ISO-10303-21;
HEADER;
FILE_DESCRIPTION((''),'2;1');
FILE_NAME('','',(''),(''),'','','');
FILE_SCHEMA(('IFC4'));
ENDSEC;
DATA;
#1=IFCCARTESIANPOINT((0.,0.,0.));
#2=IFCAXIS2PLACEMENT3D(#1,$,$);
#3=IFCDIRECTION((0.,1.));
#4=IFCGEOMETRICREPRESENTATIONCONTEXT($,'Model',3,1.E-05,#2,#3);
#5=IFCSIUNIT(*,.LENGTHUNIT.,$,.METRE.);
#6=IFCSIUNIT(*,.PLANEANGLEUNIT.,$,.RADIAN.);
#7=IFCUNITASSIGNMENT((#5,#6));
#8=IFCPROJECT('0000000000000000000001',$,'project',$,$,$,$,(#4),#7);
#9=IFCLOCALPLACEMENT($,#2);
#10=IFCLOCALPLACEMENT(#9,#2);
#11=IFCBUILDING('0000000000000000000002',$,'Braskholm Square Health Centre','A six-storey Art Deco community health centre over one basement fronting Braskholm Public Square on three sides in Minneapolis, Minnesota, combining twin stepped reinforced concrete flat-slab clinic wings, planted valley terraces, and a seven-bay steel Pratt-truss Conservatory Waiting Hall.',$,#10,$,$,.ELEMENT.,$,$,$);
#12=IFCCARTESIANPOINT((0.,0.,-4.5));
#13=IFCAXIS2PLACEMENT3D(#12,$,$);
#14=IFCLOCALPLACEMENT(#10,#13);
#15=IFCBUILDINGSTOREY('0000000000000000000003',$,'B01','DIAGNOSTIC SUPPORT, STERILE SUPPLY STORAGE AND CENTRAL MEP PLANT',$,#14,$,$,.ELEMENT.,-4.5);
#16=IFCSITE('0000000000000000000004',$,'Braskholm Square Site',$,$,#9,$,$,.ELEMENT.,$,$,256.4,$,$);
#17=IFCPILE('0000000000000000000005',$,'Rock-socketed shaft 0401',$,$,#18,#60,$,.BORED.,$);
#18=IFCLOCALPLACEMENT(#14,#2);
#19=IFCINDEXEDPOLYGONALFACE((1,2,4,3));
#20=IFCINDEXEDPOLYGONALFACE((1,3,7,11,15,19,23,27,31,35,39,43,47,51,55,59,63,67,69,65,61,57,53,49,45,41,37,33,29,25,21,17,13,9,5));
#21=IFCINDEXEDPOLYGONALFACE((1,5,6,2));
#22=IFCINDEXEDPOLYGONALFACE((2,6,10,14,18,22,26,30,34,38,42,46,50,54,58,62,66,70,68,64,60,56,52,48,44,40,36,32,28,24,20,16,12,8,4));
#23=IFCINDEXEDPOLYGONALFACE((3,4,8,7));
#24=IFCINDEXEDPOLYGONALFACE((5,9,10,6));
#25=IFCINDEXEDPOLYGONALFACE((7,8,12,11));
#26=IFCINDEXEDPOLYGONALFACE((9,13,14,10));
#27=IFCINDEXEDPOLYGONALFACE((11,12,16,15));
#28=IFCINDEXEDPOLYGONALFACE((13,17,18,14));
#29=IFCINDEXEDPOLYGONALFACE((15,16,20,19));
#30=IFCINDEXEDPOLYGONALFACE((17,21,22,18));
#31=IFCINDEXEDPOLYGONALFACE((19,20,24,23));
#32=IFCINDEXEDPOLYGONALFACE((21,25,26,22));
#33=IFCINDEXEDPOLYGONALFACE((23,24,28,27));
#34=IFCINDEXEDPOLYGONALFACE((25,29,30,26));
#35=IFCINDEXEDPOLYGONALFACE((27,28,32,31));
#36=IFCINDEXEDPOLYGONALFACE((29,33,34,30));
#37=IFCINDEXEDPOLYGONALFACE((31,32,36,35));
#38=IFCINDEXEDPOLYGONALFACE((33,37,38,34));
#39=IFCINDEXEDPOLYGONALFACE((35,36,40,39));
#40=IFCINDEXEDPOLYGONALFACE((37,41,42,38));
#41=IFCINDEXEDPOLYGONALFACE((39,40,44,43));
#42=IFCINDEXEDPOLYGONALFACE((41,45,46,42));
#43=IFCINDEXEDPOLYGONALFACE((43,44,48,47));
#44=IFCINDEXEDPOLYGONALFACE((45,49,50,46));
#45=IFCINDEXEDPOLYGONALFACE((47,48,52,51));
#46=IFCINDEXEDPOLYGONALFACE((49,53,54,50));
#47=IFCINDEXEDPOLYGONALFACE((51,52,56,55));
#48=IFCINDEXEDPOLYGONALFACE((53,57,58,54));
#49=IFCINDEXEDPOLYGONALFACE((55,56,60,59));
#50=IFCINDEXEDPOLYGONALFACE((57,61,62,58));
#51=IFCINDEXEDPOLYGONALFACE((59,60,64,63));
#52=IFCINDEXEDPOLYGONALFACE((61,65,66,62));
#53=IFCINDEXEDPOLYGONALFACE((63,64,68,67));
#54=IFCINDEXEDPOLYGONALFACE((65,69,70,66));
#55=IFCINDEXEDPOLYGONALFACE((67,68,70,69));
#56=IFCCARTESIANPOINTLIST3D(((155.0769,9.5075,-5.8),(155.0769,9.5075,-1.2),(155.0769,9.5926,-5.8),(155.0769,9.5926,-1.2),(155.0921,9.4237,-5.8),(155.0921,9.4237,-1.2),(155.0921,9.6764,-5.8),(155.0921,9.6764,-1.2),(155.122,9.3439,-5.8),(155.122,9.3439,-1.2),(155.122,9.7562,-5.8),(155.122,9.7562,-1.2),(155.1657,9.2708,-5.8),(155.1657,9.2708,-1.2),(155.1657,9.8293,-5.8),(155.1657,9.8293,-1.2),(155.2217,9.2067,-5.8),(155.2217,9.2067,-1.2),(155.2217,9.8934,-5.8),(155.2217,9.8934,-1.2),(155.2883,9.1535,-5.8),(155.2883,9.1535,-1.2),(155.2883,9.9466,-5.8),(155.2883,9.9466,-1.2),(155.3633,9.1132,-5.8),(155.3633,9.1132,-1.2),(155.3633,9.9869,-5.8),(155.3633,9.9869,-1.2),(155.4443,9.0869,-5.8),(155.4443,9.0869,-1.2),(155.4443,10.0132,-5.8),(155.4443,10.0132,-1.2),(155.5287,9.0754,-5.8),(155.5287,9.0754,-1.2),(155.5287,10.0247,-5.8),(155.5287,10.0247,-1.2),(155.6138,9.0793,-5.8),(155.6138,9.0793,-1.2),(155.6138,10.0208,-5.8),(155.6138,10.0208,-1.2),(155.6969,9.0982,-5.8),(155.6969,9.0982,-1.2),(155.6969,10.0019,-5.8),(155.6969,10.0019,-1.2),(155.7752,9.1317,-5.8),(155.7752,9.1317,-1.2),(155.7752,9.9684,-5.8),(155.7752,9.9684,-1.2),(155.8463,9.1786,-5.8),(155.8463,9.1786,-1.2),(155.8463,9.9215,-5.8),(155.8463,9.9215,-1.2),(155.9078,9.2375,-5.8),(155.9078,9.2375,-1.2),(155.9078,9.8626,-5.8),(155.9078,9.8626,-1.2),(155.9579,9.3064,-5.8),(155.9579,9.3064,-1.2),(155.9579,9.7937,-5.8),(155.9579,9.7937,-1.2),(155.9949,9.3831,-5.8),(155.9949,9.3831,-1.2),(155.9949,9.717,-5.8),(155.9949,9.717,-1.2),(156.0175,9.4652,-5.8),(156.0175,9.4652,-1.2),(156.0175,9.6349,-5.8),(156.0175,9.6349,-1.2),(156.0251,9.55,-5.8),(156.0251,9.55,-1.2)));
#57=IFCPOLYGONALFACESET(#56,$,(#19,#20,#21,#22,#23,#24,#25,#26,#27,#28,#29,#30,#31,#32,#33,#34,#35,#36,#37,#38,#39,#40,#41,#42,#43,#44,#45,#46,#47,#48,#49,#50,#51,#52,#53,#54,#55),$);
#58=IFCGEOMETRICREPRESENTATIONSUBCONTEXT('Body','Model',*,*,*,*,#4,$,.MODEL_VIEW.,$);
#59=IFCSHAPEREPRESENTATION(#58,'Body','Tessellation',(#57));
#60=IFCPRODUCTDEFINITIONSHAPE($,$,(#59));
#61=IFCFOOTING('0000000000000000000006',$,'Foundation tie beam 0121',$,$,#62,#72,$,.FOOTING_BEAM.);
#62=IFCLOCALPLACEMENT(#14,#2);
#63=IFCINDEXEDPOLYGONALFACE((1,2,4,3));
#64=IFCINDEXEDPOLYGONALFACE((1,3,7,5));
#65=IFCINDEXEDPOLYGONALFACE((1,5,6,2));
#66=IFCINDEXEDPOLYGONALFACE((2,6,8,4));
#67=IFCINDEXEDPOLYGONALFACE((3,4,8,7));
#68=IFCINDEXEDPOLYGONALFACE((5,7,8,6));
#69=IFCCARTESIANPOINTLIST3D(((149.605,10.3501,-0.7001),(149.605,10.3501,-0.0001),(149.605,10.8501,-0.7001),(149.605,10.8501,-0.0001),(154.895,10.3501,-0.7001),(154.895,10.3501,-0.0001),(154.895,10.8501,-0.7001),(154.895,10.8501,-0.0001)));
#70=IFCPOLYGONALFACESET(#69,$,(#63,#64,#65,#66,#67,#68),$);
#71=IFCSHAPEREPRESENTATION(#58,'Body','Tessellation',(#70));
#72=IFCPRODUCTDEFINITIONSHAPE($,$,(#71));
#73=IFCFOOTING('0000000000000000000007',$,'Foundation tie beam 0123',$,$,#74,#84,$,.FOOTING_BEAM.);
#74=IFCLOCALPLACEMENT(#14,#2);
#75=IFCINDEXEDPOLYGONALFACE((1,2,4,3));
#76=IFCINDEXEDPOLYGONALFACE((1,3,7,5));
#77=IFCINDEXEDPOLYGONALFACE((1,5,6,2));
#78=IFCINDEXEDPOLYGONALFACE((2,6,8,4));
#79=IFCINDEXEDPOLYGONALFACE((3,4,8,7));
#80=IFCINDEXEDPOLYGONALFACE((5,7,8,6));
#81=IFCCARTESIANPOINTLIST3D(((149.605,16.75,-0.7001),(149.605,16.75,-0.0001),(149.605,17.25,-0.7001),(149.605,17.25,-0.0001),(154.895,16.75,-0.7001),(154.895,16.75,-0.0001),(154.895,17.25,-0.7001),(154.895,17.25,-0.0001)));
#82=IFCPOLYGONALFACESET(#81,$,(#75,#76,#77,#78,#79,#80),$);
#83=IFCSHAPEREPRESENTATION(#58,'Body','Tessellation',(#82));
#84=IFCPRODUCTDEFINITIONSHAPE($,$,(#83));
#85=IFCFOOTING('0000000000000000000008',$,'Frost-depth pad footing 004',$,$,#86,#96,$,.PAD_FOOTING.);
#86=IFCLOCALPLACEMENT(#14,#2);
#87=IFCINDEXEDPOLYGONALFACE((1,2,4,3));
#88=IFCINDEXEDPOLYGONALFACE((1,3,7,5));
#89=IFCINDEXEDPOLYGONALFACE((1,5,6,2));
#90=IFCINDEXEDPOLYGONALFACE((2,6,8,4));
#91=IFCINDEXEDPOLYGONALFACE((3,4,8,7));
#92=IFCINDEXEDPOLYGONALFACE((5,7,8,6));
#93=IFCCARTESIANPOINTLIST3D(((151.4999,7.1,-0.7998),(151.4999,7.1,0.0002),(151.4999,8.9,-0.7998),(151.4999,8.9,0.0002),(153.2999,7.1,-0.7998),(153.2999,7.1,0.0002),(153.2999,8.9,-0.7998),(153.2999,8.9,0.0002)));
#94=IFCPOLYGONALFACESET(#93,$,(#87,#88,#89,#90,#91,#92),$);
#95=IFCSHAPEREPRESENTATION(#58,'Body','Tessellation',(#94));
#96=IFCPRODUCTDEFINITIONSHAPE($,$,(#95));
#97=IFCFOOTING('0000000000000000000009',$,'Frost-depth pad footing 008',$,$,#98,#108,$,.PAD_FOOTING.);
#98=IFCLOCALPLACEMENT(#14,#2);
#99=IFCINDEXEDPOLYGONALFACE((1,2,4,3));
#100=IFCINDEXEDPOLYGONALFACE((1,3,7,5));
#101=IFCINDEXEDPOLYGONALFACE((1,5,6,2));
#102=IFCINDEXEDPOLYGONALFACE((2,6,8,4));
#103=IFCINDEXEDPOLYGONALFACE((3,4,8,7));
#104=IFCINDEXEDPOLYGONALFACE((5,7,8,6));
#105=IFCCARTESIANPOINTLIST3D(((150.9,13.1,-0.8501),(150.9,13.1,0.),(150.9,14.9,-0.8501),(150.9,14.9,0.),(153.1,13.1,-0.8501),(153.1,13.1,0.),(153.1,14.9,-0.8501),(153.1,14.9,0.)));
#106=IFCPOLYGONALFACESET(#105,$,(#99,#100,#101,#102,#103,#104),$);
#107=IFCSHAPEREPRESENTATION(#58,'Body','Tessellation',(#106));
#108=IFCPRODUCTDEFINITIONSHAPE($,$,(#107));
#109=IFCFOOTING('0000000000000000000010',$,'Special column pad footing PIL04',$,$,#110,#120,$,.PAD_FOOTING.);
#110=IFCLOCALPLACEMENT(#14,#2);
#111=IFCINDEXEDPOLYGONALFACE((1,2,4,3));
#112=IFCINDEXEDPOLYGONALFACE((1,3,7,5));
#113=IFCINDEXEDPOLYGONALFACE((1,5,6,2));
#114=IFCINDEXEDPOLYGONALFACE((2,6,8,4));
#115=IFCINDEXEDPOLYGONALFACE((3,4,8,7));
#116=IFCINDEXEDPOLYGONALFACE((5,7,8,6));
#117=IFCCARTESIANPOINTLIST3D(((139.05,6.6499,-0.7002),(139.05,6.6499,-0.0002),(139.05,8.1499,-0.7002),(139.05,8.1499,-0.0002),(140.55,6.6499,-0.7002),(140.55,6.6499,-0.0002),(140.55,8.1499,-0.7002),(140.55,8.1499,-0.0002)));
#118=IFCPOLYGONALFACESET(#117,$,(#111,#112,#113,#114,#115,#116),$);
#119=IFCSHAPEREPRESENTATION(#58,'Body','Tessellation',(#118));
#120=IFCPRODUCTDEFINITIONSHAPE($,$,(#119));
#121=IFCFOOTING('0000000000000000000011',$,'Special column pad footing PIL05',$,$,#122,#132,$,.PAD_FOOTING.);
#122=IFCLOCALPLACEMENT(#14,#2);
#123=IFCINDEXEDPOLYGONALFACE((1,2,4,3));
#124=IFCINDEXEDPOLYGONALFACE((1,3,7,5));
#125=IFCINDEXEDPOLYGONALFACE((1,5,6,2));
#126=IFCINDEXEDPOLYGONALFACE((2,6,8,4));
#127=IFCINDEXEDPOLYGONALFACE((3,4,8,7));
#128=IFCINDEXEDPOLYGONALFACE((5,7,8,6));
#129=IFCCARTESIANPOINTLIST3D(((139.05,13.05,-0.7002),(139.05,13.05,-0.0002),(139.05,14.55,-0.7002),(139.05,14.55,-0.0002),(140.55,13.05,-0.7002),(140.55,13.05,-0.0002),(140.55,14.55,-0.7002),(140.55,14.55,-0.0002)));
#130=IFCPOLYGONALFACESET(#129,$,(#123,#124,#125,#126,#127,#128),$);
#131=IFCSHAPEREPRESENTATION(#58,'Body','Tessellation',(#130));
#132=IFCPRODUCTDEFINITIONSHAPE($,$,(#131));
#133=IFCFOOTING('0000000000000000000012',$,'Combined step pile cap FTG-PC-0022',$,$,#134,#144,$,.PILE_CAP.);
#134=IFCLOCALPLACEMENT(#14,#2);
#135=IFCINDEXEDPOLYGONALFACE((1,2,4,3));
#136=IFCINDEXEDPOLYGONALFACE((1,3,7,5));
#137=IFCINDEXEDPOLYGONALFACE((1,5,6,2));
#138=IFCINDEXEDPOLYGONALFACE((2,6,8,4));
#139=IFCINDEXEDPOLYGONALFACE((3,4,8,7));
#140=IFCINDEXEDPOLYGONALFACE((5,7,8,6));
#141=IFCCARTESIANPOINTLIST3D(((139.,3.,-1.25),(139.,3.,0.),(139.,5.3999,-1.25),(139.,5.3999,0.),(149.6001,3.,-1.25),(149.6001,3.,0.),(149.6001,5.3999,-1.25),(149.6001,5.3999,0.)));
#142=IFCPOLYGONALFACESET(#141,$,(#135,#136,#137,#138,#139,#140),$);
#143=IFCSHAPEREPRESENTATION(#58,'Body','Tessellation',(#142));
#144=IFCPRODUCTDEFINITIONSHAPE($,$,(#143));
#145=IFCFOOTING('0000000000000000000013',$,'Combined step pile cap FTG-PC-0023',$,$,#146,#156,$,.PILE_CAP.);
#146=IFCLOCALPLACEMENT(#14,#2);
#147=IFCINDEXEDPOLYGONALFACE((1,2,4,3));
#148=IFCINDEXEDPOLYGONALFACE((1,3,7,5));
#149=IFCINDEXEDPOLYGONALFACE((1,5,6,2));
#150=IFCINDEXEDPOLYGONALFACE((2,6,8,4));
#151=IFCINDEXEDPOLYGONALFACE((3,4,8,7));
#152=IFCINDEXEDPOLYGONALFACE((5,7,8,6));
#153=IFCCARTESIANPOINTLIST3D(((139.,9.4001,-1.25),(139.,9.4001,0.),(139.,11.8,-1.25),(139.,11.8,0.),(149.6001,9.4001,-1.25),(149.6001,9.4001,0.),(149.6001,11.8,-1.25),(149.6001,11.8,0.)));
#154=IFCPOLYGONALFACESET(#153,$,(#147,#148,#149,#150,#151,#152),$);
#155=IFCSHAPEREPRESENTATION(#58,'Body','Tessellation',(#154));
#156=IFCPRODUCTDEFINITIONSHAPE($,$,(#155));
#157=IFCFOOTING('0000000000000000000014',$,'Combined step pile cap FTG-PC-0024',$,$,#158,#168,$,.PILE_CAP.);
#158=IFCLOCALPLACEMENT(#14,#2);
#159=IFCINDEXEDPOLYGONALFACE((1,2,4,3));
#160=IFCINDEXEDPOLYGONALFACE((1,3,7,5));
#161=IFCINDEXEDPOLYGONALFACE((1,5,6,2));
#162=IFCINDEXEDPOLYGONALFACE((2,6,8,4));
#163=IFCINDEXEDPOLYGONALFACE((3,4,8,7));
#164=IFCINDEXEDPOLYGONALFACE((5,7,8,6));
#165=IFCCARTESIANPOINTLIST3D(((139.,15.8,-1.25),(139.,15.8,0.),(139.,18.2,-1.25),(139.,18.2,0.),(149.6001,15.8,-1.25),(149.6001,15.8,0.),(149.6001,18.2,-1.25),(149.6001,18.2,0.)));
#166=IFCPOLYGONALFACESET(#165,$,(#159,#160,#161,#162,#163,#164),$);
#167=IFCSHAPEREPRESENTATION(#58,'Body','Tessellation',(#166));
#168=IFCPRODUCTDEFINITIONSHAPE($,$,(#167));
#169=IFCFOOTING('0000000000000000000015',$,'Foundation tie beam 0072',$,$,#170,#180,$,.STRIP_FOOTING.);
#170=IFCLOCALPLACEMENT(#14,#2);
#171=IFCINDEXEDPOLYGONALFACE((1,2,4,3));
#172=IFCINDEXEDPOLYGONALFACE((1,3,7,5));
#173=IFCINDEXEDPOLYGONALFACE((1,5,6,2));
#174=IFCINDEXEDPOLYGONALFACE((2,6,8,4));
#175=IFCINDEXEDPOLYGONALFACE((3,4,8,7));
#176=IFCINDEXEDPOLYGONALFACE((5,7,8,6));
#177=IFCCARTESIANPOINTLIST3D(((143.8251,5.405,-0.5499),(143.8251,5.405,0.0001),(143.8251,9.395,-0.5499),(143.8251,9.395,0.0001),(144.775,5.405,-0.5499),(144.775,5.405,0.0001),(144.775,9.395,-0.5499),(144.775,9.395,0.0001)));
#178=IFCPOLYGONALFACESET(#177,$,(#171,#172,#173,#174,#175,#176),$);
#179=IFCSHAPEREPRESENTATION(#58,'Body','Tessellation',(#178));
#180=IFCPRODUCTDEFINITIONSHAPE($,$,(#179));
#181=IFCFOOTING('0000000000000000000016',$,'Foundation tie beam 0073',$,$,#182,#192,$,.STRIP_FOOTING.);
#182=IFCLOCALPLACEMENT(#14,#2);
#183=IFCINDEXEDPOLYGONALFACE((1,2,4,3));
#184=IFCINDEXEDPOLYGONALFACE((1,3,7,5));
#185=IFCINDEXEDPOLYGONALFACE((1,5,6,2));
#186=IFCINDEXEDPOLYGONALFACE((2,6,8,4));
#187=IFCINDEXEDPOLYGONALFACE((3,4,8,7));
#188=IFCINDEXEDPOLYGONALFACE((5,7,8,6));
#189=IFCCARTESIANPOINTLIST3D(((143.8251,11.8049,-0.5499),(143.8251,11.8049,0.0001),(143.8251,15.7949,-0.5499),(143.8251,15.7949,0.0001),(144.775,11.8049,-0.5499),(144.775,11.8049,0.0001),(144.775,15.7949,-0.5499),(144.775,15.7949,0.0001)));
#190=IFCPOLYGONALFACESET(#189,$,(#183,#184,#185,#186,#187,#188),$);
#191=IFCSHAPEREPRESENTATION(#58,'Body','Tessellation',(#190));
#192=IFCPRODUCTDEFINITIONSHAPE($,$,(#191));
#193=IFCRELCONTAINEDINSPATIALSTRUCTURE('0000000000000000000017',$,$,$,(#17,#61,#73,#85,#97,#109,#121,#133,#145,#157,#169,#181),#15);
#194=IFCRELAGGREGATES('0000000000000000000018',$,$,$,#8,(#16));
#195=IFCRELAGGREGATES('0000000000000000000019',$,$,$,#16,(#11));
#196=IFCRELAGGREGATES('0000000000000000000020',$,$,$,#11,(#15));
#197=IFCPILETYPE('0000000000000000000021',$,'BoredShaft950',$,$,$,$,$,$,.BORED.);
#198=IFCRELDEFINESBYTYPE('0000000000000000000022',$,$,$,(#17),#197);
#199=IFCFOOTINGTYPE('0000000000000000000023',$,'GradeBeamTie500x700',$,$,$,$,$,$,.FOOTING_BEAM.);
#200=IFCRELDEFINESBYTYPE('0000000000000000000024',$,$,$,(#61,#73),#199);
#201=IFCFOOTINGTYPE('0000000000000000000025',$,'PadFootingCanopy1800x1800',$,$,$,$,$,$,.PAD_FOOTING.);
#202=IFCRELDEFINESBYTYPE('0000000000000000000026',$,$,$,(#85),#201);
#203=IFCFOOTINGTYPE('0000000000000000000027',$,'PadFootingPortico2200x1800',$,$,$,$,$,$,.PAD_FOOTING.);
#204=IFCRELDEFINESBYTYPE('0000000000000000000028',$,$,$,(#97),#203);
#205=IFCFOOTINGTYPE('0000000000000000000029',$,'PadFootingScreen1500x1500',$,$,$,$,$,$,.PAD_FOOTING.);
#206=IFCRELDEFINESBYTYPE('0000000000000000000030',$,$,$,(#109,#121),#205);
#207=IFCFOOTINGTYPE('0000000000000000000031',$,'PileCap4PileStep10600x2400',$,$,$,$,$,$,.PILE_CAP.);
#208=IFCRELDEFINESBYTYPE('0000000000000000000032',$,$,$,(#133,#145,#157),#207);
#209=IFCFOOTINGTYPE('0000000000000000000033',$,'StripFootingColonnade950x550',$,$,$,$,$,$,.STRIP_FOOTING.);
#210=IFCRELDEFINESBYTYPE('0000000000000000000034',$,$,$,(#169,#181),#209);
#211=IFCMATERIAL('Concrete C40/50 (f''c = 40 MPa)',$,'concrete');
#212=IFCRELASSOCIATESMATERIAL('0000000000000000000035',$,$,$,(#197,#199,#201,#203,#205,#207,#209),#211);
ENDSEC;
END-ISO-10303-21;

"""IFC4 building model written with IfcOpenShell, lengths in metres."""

from ifc_helpers import new_model, si_unit, direction, frame, origin, origin_2d, place, context, subcontext, project, spatial, rectangle, circle, extrude, material, material_profile, profile_set, type_object, element, save


model = new_model("IFC4")

# Units and contexts
model_context = context("Model", 3, precision=1e-05, world=origin(), true_north=direction((0.0, 1.0)))
body_context = subcontext(model_context, "Body", "Model", "MODEL_VIEW")
ifc_project = project(units=[si_unit("LENGTHUNIT", "METRE"), si_unit("PLANEANGLEUNIT", "RADIAN")], contexts=[model_context])

# Site, building, storey
site_placement = place(None, origin())
site = spatial("IfcSite", under=ifc_project, at=site_placement, Name="Braskholm Square Site", CompositionType="ELEMENT", RefElevation=256.4)
building_placement = place(site_placement, origin())
building = spatial("IfcBuilding", under=site, at=building_placement, Name="Braskholm Square Health Centre", Description="A six-storey Art Deco community health centre over one basement fronting Braskholm Public Square on three sides in Minneapolis, Minnesota, combining twin stepped reinforced concrete flat-slab clinic wings, planted valley terraces, and a seven-bay steel Pratt-truss Conservatory Waiting Hall.", CompositionType="ELEMENT")
storey_placement = place(building_placement, frame((0.0, 0.0, -4.5)))
storey = spatial("IfcBuildingStorey", under=building, at=storey_placement, Name="B01", Description="DIAGNOSTIC SUPPORT, STERILE SUPPLY STORAGE AND CENTRAL MEP PLANT", CompositionType="ELEMENT", Elevation=-4.5)

# Pile
ifc_material_1 = material(Name="Concrete C40/50 (f'c = 40 MPa)", Category="concrete")
ifc_material_profile_1 = material_profile(ifc_material_1, circle(Radius=0.4751, at=origin_2d()), Name="BORED-PILE-950")
ifc_profile_set_1 = profile_set([ifc_material_profile_1], Name="Concrete C40/50 (f'c = 40 MPa)")
pile_type_1 = type_object("IfcPileType", Name="BoredShaft950", PredefinedType="BORED", material=ifc_profile_set_1)
pile_placement = place(storey_placement, frame((155.55, 9.55, -1.2), z_axis=(0.0, 0.0, -1.0), x_axis=(1.0, 0.0, 0.0)))
element("IfcPile", 1, at=pile_placement, inside=storey, type_object=pile_type_1, Name="Rock-socketed shaft 0401", PredefinedType="BORED", context=body_context, shape_type="SweptSolid", body=[
    extrude(circle(Radius=0.4751, at=origin_2d()), origin(), (0.0, 0.0, 1.0), 4.6001),
])

# Footings
ifc_material_profile_2 = material_profile(ifc_material_1, rectangle(XDim=0.5, YDim=0.7, at=origin_2d()), Name="FTG-500X700")
ifc_profile_set_2 = profile_set([ifc_material_profile_2], Name="Concrete C40/50 (f'c = 40 MPa)")
footing_type_1 = type_object("IfcFootingType", Name="GradeBeamTie500x700", PredefinedType="FOOTING_BEAM", material=ifc_profile_set_2)
for number, where, z_axis, x_axis, name in (
    (2, (149.605, 10.6001, -0.3501), (1.0, 0.0, 0.0), (0.0, 1.0, 0.0), "Foundation tie beam 0121"),
    (3, (149.605, 17.0, -0.3501), (1.0, 0.0, 0.0), (0.0, 1.0, 0.0), "Foundation tie beam 0123"),
):
    element("IfcFooting", number, at=place(storey_placement, frame(where, z_axis=z_axis, x_axis=x_axis)), inside=storey, type_object=footing_type_1, Name=name, PredefinedType="FOOTING_BEAM", context=body_context, shape_type="SweptSolid", body=[
        extrude(rectangle(XDim=0.5, YDim=0.7, at=origin_2d()), origin(), (0.0, 0.0, 1.0), 5.29),
    ])
footing_type_2 = type_object("IfcFootingType", Name="PadFootingCanopy1800x1800", PredefinedType="PAD_FOOTING", material=ifc_material_1)
footing_1_placement = place(storey_placement, frame((152.3999, 8.0, -0.7998), z_axis=(0.0, 0.0, 1.0), x_axis=(1.0, 0.0, 0.0)))
element("IfcFooting", 4, at=footing_1_placement, inside=storey, type_object=footing_type_2, Name="Frost-depth pad footing 004", PredefinedType="PAD_FOOTING", context=body_context, shape_type="SweptSolid", body=[
    extrude(rectangle(XDim=1.8, YDim=1.8, at=origin_2d()), origin(), (0.0, 0.0, 1.0), 0.8),
])
footing_type_3 = type_object("IfcFootingType", Name="PadFootingPortico2200x1800", PredefinedType="PAD_FOOTING", material=ifc_material_1)
footing_2_placement = place(storey_placement, frame((152.0, 14.0, -0.8501), z_axis=(0.0, 0.0, 1.0), x_axis=(1.0, 0.0, 0.0)))
element("IfcFooting", 5, at=footing_2_placement, inside=storey, type_object=footing_type_3, Name="Frost-depth pad footing 008", PredefinedType="PAD_FOOTING", context=body_context, shape_type="SweptSolid", body=[
    extrude(rectangle(XDim=2.2, YDim=1.8, at=origin_2d()), origin(), (0.0, 0.0, 1.0), 0.8501),
])
footing_type_4 = type_object("IfcFootingType", Name="PadFootingScreen1500x1500", PredefinedType="PAD_FOOTING", material=ifc_material_1)
for number, where, z_axis, x_axis, name in (
    (6, (139.8, 7.3999, -0.7002), (0.0, 0.0, 1.0), (1.0, 0.0, 0.0), "Special column pad footing PIL04"),
    (7, (139.8, 13.8, -0.7002), (0.0, 0.0, 1.0), (1.0, 0.0, 0.0), "Special column pad footing PIL05"),
):
    element("IfcFooting", number, at=place(storey_placement, frame(where, z_axis=z_axis, x_axis=x_axis)), inside=storey, type_object=footing_type_4, Name=name, PredefinedType="PAD_FOOTING", context=body_context, shape_type="SweptSolid", body=[
        extrude(rectangle(XDim=1.5, YDim=1.5, at=origin_2d()), origin(), (0.0, 0.0, 1.0), 0.7),
    ])
footing_type_5 = type_object("IfcFootingType", Name="PileCap4PileStep10600x2400", PredefinedType="PILE_CAP", material=ifc_material_1)
for number, where, z_axis, x_axis, name in (
    (8, (144.3, 4.2, -1.25), (0.0, 0.0, 1.0), (1.0, 0.0, 0.0), "Combined step pile cap FTG-PC-0022"),
    (9, (144.3, 10.6001, -1.25), (0.0, 0.0, 1.0), (1.0, 0.0, 0.0), "Combined step pile cap FTG-PC-0023"),
    (10, (144.3, 17.0, -1.25), (0.0, 0.0, 1.0), (1.0, 0.0, 0.0), "Combined step pile cap FTG-PC-0024"),
):
    element("IfcFooting", number, at=place(storey_placement, frame(where, z_axis=z_axis, x_axis=x_axis)), inside=storey, type_object=footing_type_5, Name=name, PredefinedType="PILE_CAP", context=body_context, shape_type="SweptSolid", body=[
        extrude(rectangle(XDim=10.6001, YDim=2.3999, at=origin_2d()), origin(), (0.0, 0.0, 1.0), 1.25),
    ])
ifc_material_profile_3 = material_profile(ifc_material_1, rectangle(XDim=0.95, YDim=0.55, at=origin_2d()), Name="FTG-950X550")
ifc_profile_set_3 = profile_set([ifc_material_profile_3], Name="Concrete C40/50 (f'c = 40 MPa)")
footing_type_6 = type_object("IfcFootingType", Name="StripFootingColonnade950x550", PredefinedType="STRIP_FOOTING", material=ifc_profile_set_3)
for number, where, z_axis, x_axis, name in (
    (11, (144.3, 5.405, -0.2749), (0.0, 1.0, 0.0), (-1.0, 0.0, 0.0), "Foundation tie beam 0072"),
    (12, (144.3, 11.8049, -0.2749), (0.0, 1.0, 0.0), (-1.0, 0.0, 0.0), "Foundation tie beam 0073"),
):
    element("IfcFooting", number, at=place(storey_placement, frame(where, z_axis=z_axis, x_axis=x_axis)), inside=storey, type_object=footing_type_6, Name=name, PredefinedType="STRIP_FOOTING", context=body_context, shape_type="SweptSolid", body=[
        extrude(rectangle(XDim=0.95, YDim=0.55, at=origin_2d()), origin(), (0.0, 0.0, 1.0), 3.99),
    ])

save(model, "model.ifc")
